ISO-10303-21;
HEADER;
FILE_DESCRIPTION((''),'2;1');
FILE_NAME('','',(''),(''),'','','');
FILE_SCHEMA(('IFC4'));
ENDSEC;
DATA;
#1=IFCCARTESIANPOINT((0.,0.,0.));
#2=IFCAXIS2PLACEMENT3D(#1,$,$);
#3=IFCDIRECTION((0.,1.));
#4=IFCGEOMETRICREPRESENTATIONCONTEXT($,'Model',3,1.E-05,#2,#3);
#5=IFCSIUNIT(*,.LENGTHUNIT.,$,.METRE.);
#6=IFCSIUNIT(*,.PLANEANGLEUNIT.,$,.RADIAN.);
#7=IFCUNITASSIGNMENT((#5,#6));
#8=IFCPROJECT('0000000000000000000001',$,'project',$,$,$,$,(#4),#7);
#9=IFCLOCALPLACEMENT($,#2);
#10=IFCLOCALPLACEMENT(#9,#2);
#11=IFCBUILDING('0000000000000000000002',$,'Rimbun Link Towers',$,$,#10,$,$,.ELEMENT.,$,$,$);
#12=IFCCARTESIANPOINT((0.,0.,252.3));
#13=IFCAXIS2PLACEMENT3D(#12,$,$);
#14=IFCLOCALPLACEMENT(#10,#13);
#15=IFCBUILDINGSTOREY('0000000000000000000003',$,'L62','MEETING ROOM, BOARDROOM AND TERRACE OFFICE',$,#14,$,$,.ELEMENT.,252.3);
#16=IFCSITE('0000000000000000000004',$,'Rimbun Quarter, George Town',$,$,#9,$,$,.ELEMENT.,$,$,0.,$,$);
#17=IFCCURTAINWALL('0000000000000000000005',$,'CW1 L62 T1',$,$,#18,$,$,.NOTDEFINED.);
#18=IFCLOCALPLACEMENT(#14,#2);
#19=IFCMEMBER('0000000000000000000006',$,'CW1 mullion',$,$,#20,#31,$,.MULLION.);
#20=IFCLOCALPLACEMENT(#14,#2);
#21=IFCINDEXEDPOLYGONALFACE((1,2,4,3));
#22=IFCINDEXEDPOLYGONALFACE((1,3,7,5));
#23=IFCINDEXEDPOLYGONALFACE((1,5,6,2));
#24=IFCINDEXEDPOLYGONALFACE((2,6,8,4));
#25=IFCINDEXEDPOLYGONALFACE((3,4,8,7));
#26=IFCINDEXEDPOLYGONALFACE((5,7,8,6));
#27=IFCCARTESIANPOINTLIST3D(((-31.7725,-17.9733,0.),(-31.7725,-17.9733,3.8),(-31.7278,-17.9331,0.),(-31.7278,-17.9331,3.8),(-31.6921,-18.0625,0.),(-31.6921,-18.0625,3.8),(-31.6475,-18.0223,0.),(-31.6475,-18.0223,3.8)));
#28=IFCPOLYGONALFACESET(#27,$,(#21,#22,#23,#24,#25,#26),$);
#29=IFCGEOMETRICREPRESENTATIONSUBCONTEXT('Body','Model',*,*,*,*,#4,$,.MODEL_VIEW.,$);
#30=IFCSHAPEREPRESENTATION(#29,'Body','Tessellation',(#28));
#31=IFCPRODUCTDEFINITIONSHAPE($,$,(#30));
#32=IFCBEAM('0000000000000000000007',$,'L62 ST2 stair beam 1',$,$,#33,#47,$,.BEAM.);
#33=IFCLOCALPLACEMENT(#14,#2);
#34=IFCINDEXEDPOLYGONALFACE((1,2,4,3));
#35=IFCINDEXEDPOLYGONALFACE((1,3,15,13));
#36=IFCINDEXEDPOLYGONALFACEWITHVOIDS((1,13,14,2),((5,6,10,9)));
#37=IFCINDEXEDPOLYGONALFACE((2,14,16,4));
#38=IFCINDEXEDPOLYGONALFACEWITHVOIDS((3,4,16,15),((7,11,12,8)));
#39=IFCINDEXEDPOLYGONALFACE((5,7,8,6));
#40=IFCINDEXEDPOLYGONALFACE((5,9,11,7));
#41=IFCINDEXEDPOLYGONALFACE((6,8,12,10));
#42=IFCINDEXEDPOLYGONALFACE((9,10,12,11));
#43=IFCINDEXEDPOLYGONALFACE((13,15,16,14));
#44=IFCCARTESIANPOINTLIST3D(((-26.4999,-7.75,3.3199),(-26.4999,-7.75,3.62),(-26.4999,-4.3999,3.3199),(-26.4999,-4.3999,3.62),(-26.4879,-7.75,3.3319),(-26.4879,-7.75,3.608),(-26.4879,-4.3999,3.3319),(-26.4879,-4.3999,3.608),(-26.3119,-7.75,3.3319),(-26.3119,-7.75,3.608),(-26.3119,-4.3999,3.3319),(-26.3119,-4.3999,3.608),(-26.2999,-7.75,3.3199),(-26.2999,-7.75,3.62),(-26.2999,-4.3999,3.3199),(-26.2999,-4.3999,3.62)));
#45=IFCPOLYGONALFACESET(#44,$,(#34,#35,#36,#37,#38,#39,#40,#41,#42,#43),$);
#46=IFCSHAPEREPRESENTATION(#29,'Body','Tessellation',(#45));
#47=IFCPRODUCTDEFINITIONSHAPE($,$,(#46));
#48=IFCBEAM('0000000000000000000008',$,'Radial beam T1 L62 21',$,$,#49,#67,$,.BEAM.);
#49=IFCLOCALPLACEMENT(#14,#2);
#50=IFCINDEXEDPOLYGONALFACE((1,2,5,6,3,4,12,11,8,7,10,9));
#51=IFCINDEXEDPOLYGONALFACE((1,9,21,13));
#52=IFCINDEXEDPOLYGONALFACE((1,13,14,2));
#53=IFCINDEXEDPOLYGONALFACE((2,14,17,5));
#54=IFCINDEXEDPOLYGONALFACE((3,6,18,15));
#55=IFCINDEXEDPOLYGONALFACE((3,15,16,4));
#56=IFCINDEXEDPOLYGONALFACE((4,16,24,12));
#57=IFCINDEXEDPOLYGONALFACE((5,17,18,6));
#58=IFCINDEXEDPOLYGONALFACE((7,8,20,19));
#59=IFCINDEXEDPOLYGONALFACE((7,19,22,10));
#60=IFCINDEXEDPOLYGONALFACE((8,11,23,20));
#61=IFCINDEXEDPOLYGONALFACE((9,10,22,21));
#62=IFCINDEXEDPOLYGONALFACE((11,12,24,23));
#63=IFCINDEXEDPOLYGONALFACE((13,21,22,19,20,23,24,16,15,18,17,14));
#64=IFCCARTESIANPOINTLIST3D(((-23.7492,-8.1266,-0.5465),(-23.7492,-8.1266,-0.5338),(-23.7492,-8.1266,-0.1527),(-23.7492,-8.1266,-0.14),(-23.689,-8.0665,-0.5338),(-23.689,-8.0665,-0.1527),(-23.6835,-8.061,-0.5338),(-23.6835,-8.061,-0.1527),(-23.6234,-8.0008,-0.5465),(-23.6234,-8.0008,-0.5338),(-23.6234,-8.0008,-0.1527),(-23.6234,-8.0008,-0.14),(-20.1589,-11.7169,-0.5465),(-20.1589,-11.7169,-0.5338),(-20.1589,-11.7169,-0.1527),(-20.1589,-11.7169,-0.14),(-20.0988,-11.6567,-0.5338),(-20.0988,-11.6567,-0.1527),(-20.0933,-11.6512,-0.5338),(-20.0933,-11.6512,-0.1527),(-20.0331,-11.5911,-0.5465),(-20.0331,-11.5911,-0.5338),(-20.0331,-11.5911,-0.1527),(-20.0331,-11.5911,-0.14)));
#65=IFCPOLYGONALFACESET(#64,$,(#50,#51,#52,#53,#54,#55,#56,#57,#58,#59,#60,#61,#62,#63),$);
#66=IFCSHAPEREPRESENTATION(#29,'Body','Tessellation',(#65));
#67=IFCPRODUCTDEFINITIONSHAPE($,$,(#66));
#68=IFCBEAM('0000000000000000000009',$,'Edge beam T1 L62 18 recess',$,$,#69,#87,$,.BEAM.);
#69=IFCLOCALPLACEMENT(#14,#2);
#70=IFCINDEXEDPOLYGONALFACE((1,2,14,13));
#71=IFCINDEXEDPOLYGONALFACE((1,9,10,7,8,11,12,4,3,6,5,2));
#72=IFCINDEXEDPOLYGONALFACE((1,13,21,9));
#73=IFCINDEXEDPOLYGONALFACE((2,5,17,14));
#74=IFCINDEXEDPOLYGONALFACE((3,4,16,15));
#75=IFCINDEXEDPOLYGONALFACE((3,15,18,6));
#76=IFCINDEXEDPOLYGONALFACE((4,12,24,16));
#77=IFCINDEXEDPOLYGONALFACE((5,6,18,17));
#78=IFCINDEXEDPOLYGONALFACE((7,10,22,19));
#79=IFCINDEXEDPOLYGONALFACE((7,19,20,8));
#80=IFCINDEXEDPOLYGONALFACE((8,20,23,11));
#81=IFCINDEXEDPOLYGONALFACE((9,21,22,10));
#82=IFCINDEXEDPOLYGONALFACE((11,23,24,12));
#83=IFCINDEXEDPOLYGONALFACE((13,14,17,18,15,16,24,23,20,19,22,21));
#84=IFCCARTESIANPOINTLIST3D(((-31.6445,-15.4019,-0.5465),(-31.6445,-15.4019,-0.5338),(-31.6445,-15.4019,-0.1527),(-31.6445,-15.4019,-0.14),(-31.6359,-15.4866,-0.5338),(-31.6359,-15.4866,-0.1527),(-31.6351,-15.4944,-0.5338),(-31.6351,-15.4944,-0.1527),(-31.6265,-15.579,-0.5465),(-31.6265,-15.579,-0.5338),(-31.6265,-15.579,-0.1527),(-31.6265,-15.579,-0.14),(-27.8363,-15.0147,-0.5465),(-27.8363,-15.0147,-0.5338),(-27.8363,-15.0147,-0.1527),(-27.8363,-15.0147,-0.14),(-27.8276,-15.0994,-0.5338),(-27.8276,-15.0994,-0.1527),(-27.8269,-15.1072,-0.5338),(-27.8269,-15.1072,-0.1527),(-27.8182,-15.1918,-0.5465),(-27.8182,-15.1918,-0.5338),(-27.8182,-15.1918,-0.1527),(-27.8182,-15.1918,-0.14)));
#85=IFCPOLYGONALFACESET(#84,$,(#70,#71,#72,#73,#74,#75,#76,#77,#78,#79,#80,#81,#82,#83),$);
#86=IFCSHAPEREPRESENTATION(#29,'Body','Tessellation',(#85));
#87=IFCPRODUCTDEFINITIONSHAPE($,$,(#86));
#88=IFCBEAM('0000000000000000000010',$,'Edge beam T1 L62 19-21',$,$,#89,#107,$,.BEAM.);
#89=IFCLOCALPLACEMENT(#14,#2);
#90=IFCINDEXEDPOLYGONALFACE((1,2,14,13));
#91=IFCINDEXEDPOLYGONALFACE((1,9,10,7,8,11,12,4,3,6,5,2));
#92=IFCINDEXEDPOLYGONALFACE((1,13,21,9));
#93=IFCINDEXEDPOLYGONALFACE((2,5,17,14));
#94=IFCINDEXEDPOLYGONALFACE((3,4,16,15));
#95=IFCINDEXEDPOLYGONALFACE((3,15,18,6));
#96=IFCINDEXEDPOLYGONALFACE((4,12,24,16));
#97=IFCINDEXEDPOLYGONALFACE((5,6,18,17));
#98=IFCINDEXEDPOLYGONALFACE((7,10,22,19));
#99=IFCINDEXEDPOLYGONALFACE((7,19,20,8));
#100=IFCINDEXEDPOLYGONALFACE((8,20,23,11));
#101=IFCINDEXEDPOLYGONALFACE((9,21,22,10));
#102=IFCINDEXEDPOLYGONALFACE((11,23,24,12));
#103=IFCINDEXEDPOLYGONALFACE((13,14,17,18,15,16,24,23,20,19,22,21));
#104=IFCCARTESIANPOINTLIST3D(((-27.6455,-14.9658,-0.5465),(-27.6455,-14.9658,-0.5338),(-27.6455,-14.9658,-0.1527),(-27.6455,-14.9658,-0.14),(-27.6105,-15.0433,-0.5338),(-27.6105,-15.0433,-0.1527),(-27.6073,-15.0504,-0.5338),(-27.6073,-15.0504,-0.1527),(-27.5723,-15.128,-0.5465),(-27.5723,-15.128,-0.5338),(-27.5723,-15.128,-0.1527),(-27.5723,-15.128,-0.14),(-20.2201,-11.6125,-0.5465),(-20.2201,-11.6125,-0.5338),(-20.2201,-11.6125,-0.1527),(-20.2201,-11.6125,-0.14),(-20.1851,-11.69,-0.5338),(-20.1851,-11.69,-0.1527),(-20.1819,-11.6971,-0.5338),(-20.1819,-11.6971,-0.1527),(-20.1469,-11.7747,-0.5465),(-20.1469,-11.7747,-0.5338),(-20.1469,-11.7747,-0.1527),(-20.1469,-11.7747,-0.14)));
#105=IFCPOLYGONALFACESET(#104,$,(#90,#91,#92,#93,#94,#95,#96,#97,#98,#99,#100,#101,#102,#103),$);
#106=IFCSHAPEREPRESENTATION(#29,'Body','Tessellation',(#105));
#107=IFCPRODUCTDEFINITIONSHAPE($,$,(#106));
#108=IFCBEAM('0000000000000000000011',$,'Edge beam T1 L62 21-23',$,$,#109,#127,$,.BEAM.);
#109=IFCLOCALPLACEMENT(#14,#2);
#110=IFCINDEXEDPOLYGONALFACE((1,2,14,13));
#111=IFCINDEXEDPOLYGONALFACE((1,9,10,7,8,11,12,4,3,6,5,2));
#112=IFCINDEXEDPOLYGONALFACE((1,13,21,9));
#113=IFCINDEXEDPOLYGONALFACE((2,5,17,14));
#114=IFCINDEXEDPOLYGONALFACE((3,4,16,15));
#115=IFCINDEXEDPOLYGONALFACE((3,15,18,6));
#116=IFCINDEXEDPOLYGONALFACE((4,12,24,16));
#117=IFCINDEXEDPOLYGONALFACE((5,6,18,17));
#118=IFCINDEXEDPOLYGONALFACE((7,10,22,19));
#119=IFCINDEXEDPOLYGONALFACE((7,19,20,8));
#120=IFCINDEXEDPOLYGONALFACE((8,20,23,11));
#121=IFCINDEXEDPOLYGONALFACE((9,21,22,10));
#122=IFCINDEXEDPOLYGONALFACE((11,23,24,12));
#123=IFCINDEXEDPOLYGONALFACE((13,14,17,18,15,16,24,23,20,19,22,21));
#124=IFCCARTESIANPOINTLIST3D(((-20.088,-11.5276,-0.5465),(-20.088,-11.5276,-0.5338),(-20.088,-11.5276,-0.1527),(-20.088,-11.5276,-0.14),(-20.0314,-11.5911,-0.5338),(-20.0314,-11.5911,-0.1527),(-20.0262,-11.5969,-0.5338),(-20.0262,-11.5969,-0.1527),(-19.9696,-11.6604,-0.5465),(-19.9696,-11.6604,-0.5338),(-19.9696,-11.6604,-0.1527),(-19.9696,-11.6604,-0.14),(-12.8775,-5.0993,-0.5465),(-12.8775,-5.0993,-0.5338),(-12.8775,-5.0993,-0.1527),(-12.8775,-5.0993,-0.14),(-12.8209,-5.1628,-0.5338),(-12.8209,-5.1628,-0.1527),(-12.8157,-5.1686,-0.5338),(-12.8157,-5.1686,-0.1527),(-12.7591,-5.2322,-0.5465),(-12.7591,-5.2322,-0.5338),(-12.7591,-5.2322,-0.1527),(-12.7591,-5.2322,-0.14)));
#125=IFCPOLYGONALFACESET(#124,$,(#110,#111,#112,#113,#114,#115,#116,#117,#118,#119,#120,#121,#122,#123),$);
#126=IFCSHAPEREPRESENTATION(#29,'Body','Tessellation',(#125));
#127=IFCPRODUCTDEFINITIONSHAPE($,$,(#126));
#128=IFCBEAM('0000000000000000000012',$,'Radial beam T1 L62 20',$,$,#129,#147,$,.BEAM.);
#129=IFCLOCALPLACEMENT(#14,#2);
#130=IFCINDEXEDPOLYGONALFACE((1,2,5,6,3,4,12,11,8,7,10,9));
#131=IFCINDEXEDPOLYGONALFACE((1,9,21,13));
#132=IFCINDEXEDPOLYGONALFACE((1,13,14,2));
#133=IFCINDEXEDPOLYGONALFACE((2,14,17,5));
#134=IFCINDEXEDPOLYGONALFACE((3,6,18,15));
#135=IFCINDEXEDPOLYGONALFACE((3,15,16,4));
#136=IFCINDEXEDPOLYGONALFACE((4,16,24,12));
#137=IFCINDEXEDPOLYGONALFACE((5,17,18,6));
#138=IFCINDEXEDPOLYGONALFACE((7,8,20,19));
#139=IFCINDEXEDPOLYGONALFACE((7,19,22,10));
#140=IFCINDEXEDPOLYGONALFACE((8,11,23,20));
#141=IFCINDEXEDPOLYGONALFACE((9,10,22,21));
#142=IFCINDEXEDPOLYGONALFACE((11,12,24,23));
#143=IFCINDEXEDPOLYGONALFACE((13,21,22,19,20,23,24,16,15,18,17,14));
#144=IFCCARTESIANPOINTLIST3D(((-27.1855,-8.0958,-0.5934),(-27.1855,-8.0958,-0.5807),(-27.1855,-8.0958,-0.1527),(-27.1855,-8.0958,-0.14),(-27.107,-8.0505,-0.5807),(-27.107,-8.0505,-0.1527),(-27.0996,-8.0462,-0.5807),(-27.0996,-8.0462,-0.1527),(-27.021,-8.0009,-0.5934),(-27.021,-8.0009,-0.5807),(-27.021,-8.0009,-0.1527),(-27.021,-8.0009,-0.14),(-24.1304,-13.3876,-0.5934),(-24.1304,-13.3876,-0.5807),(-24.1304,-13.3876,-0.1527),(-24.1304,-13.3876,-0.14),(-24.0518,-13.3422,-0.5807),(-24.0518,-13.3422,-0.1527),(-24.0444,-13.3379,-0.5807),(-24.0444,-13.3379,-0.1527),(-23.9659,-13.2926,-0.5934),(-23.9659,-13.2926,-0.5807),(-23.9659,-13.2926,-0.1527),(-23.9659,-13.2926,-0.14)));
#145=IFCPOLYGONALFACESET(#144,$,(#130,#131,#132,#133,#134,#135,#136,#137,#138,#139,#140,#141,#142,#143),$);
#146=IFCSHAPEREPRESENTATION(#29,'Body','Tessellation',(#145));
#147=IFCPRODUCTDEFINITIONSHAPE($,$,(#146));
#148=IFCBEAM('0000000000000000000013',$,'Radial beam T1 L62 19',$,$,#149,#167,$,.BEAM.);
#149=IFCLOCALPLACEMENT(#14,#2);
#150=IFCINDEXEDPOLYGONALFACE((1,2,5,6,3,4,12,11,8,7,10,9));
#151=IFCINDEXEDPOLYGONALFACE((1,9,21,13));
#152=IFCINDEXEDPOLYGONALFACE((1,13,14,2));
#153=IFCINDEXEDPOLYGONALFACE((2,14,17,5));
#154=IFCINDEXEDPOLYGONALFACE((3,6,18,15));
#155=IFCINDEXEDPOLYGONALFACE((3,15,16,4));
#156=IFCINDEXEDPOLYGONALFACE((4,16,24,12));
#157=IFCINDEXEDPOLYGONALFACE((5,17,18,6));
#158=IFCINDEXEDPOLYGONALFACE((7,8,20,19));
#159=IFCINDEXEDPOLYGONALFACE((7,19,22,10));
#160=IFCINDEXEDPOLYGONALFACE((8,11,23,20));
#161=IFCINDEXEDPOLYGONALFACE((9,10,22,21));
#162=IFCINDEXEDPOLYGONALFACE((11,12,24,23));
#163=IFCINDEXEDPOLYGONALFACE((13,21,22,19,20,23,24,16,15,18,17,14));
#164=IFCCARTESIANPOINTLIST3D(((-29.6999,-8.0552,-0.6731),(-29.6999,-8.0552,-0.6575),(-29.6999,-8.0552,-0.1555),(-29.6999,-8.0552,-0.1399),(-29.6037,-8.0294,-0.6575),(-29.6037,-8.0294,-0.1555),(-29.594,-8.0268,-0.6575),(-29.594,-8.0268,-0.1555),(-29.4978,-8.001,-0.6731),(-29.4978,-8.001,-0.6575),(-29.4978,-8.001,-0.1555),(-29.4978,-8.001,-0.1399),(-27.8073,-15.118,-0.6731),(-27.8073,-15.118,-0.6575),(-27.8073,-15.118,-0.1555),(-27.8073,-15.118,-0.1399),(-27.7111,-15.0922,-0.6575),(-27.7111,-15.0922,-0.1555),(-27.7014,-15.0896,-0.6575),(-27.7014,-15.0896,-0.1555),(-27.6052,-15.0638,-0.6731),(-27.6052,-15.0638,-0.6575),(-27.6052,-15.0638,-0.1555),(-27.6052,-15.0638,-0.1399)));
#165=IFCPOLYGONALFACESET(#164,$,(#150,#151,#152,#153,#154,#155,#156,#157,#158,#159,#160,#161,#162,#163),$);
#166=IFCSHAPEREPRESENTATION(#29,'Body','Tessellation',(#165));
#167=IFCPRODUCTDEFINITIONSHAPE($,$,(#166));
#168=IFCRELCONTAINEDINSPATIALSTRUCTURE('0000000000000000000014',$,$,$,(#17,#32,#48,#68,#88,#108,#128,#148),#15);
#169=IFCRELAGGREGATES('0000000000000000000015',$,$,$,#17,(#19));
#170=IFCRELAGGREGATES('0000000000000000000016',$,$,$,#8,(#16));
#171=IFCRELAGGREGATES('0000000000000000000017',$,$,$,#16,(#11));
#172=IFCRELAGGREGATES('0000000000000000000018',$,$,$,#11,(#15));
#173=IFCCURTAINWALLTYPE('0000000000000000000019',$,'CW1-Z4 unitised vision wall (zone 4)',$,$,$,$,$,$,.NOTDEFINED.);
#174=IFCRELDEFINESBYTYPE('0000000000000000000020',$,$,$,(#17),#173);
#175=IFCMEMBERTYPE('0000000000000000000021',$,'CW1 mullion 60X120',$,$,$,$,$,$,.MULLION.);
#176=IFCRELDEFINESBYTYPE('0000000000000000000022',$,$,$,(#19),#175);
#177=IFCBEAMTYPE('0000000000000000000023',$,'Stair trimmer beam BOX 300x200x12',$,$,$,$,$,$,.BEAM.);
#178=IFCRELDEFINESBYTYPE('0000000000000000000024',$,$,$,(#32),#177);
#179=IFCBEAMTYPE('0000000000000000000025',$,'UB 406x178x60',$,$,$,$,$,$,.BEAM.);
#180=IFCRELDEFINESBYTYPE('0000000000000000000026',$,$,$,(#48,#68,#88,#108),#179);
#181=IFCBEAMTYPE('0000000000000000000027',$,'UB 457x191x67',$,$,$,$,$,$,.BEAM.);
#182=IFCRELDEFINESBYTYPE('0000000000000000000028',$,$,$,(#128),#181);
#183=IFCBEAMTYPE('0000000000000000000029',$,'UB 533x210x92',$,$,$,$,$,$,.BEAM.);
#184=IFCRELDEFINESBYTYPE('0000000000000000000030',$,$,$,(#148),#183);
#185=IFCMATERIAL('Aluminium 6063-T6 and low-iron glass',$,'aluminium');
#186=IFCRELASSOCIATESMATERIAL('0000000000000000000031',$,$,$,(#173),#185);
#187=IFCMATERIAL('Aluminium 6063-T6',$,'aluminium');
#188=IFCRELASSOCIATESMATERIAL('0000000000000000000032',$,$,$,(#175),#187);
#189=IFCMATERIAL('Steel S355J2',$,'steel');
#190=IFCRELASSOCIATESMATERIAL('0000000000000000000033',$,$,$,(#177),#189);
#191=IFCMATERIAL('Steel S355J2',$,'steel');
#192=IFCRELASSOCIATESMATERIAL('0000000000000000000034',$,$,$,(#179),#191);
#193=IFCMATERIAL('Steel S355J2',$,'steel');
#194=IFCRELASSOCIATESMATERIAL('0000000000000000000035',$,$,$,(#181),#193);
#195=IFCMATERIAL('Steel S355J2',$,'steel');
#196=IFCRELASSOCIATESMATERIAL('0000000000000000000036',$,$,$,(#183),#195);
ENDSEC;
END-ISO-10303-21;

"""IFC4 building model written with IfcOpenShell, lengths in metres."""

from ifc_helpers import new_model, si_unit, direction, frame, origin, origin_2d, place, context, subcontext, project, spatial, rectangle, hollow_rectangle, i_section, extrude, material, material_profile, profile_set, type_object, element, aggregate, save


model = new_model("IFC4")

# Units and contexts
model_context = context("Model", 3, precision=1e-05, world=origin(), true_north=direction((0.0, 1.0)))
body_context = subcontext(model_context, "Body", "Model", "MODEL_VIEW")
ifc_project = project(units=[si_unit("LENGTHUNIT", "METRE"), si_unit("PLANEANGLEUNIT", "RADIAN")], contexts=[model_context])

# Site, building, storey
site_placement = place(None, origin())
site = spatial("IfcSite", under=ifc_project, at=site_placement, Name="Rimbun Quarter, George Town", CompositionType="ELEMENT", RefElevation=0.0)
building_placement = place(site_placement, origin())
building = spatial("IfcBuilding", under=site, at=building_placement, Name="Rimbun Link Towers", CompositionType="ELEMENT")
storey_placement = place(building_placement, frame((0.0, 0.0, 252.3)))
storey = spatial("IfcBuildingStorey", under=building, at=storey_placement, Name="L62", Description="MEETING ROOM, BOARDROOM AND TERRACE OFFICE", CompositionType="ELEMENT", Elevation=252.3)

# Curtain wall, member
ifc_material_1 = material(Name="Aluminium 6063-T6 and low-iron glass", Category="aluminium")
curtain_wall_type = type_object("IfcCurtainWallType", Name="CW1-Z4 unitised vision wall (zone 4)", PredefinedType="NOTDEFINED", material=ifc_material_1)
curtain_wall_placement = place(storey_placement, origin())
curtain_wall = element("IfcCurtainWall", 1, at=curtain_wall_placement, inside=storey, type_object=curtain_wall_type, Name="CW1 L62 T1", PredefinedType="NOTDEFINED")
ifc_material_2 = material(Name="Aluminium 6063-T6", Category="aluminium")
ifc_material_profile_1 = material_profile(ifc_material_2, rectangle(XDim=0.1201, YDim=0.0601, at=origin_2d()), Name="MULLION 60X120")
ifc_profile_set_1 = profile_set([ifc_material_profile_1], Name="Aluminium 6063-T6")
member_type_1 = type_object("IfcMemberType", Name="CW1 mullion 60X120", PredefinedType="MULLION", material=ifc_profile_set_1)
member_1_placement = place(storey_placement, frame((-31.71, -17.9978, 0.0), z_axis=(0.0, 0.0, 1.0), x_axis=(0.669054, -0.743213, 0.0)))
member_1 = element("IfcMember", 2, at=member_1_placement, type_object=member_type_1, Name="CW1 mullion", PredefinedType="MULLION", context=body_context, shape_type="SweptSolid", body=[
    extrude(rectangle(XDim=0.1201, YDim=0.0601, at=origin_2d()), origin(), (0.0, 0.0, 1.0), 3.8),
])
aggregate(curtain_wall, [member_1])

# Beams
ifc_material_3 = material(Name="Steel S355J2", Category="steel")
ifc_material_profile_2 = material_profile(ifc_material_3, hollow_rectangle(XDim=0.2, YDim=0.3, WallThickness=0.012, at=origin_2d()), Name="BOX 300x200x12")
ifc_profile_set_2 = profile_set([ifc_material_profile_2], Name="Steel S355J2")
beam_type_1 = type_object("IfcBeamType", Name="Stair trimmer beam BOX 300x200x12", PredefinedType="BEAM", material=ifc_profile_set_2)
beam_1_placement = place(storey_placement, frame((-26.3999, -7.75, 3.47), z_axis=(0.0, 1.0, 0.0), x_axis=(-1.0, 0.0, 0.0)))
element("IfcBeam", 3, at=beam_1_placement, inside=storey, type_object=beam_type_1, Name="L62 ST2 stair beam 1", PredefinedType="BEAM", context=body_context, shape_type="SweptSolid", body=[
    extrude(hollow_rectangle(XDim=0.2, YDim=0.3, WallThickness=0.012, at=origin_2d()), origin(), (0.0, 0.0, 1.0), 3.3501),
])
ifc_material_4 = material(Name="Steel S355J2", Category="steel")
ifc_material_profile_3 = material_profile(ifc_material_4, i_section(OverallWidth=0.178, OverallDepth=0.4065, WebThickness=0.0078, FlangeThickness=0.0127, at=origin_2d()), Name="UB 406x178x60")
ifc_profile_set_3 = profile_set([ifc_material_profile_3], Name="Steel S355J2")
beam_type_2 = type_object("IfcBeamType", Name="UB 406x178x60", PredefinedType="BEAM", material=ifc_profile_set_3)
beam_2_placement = place(storey_placement, frame((-23.6863, -8.0637, -0.3433), z_axis=(0.707107, -0.707107, 0.0), x_axis=(0.707107, 0.707107, 0.0)))
element("IfcBeam", 4, at=beam_2_placement, inside=storey, type_object=beam_type_2, Name="Radial beam T1 L62 21", PredefinedType="BEAM", context=body_context, shape_type="SweptSolid", body=[
    extrude(i_section(OverallWidth=0.178, OverallDepth=0.4065, WebThickness=0.0078, FlangeThickness=0.0127, at=origin_2d()), origin(), (0.0, 0.0, 1.0), 5.0774),
])
beam_3_placement = place(storey_placement, frame((-31.6355, -15.4905, -0.3433), z_axis=(0.994871, 0.101152, 0.0), x_axis=(-0.101152, 0.994871, 0.0)))
element("IfcBeam", 5, at=beam_3_placement, inside=storey, type_object=beam_type_2, Name="Edge beam T1 L62 18 recess", PredefinedType="BEAM", context=body_context, shape_type="SweptSolid", body=[
    extrude(i_section(OverallWidth=0.178, OverallDepth=0.4065, WebThickness=0.0078, FlangeThickness=0.0127, at=origin_2d()), origin(), (0.0, 0.0, 1.0), 3.8279),
])
beam_4_placement = place(storey_placement, frame((-27.6089, -15.0469, -0.3433), z_axis=(0.911375, 0.411578, 0.0), x_axis=(-0.411578, 0.911375, 0.0)))
element("IfcBeam", 6, at=beam_4_placement, inside=storey, type_object=beam_type_2, Name="Edge beam T1 L62 19-21", PredefinedType="BEAM", context=body_context, shape_type="SweptSolid", body=[
    extrude(i_section(OverallWidth=0.178, OverallDepth=0.4065, WebThickness=0.0078, FlangeThickness=0.0127, at=origin_2d()), origin(), (0.0, 0.0, 1.0), 8.1475),
])
beam_5_placement = place(storey_placement, frame((-20.0288, -11.594, -0.3433), z_axis=(0.746435, 0.665458, 0.0), x_axis=(-0.665458, 0.746435, 0.0)))
element("IfcBeam", 7, at=beam_5_placement, inside=storey, type_object=beam_type_2, Name="Edge beam T1 L62 21-23", PredefinedType="BEAM", context=body_context, shape_type="SweptSolid", body=[
    extrude(i_section(OverallWidth=0.178, OverallDepth=0.4065, WebThickness=0.0078, FlangeThickness=0.0127, at=origin_2d()), origin(), (0.0, 0.0, 1.0), 9.6599),
])
ifc_material_5 = material(Name="Steel S355J2", Category="steel")
ifc_material_profile_4 = material_profile(ifc_material_5, i_section(OverallWidth=0.1899, OverallDepth=0.4534, WebThickness=0.0085, FlangeThickness=0.0127, at=origin_2d()), Name="UB 457x191x67")
ifc_profile_set_4 = profile_set([ifc_material_profile_4], Name="Steel S355J2")
beam_type_3 = type_object("IfcBeamType", Name="UB 457x191x67", PredefinedType="BEAM", material=ifc_profile_set_4)
beam_6_placement = place(storey_placement, frame((-27.1033, -8.0483, -0.3667), z_axis=(0.499998, -0.866027, 0.0), x_axis=(0.866027, 0.499998, 0.0)))
element("IfcBeam", 8, at=beam_6_placement, inside=storey, type_object=beam_type_3, Name="Radial beam T1 L62 20", PredefinedType="BEAM", context=body_context, shape_type="SweptSolid", body=[
    extrude(i_section(OverallWidth=0.1899, OverallDepth=0.4534, WebThickness=0.0085, FlangeThickness=0.0127, at=origin_2d()), origin(), (0.0, 0.0, 1.0), 6.1104),
])
ifc_material_6 = material(Name="Steel S355J2", Category="steel")
ifc_material_profile_5 = material_profile(ifc_material_6, i_section(OverallWidth=0.2092, OverallDepth=0.5332, WebThickness=0.01, FlangeThickness=0.0156, at=origin_2d()), Name="UB 533x210x92")
ifc_profile_set_5 = profile_set([ifc_material_profile_5], Name="Steel S355J2")
beam_type_4 = type_object("IfcBeamType", Name="UB 533x210x92", PredefinedType="BEAM", material=ifc_profile_set_5)
beam_7_placement = place(storey_placement, frame((-29.5989, -8.0281, -0.4065), z_axis=(0.258835, -0.965922, 0.0), x_axis=(0.965922, 0.258835, 0.0)))
element("IfcBeam", 9, at=beam_7_placement, inside=storey, type_object=beam_type_4, Name="Radial beam T1 L62 19", PredefinedType="BEAM", context=body_context, shape_type="SweptSolid", body=[
    extrude(i_section(OverallWidth=0.2092, OverallDepth=0.5332, WebThickness=0.01, FlangeThickness=0.0156, at=origin_2d()), origin(), (0.0, 0.0, 1.0), 7.312),
])

save(model, "model.ifc")
